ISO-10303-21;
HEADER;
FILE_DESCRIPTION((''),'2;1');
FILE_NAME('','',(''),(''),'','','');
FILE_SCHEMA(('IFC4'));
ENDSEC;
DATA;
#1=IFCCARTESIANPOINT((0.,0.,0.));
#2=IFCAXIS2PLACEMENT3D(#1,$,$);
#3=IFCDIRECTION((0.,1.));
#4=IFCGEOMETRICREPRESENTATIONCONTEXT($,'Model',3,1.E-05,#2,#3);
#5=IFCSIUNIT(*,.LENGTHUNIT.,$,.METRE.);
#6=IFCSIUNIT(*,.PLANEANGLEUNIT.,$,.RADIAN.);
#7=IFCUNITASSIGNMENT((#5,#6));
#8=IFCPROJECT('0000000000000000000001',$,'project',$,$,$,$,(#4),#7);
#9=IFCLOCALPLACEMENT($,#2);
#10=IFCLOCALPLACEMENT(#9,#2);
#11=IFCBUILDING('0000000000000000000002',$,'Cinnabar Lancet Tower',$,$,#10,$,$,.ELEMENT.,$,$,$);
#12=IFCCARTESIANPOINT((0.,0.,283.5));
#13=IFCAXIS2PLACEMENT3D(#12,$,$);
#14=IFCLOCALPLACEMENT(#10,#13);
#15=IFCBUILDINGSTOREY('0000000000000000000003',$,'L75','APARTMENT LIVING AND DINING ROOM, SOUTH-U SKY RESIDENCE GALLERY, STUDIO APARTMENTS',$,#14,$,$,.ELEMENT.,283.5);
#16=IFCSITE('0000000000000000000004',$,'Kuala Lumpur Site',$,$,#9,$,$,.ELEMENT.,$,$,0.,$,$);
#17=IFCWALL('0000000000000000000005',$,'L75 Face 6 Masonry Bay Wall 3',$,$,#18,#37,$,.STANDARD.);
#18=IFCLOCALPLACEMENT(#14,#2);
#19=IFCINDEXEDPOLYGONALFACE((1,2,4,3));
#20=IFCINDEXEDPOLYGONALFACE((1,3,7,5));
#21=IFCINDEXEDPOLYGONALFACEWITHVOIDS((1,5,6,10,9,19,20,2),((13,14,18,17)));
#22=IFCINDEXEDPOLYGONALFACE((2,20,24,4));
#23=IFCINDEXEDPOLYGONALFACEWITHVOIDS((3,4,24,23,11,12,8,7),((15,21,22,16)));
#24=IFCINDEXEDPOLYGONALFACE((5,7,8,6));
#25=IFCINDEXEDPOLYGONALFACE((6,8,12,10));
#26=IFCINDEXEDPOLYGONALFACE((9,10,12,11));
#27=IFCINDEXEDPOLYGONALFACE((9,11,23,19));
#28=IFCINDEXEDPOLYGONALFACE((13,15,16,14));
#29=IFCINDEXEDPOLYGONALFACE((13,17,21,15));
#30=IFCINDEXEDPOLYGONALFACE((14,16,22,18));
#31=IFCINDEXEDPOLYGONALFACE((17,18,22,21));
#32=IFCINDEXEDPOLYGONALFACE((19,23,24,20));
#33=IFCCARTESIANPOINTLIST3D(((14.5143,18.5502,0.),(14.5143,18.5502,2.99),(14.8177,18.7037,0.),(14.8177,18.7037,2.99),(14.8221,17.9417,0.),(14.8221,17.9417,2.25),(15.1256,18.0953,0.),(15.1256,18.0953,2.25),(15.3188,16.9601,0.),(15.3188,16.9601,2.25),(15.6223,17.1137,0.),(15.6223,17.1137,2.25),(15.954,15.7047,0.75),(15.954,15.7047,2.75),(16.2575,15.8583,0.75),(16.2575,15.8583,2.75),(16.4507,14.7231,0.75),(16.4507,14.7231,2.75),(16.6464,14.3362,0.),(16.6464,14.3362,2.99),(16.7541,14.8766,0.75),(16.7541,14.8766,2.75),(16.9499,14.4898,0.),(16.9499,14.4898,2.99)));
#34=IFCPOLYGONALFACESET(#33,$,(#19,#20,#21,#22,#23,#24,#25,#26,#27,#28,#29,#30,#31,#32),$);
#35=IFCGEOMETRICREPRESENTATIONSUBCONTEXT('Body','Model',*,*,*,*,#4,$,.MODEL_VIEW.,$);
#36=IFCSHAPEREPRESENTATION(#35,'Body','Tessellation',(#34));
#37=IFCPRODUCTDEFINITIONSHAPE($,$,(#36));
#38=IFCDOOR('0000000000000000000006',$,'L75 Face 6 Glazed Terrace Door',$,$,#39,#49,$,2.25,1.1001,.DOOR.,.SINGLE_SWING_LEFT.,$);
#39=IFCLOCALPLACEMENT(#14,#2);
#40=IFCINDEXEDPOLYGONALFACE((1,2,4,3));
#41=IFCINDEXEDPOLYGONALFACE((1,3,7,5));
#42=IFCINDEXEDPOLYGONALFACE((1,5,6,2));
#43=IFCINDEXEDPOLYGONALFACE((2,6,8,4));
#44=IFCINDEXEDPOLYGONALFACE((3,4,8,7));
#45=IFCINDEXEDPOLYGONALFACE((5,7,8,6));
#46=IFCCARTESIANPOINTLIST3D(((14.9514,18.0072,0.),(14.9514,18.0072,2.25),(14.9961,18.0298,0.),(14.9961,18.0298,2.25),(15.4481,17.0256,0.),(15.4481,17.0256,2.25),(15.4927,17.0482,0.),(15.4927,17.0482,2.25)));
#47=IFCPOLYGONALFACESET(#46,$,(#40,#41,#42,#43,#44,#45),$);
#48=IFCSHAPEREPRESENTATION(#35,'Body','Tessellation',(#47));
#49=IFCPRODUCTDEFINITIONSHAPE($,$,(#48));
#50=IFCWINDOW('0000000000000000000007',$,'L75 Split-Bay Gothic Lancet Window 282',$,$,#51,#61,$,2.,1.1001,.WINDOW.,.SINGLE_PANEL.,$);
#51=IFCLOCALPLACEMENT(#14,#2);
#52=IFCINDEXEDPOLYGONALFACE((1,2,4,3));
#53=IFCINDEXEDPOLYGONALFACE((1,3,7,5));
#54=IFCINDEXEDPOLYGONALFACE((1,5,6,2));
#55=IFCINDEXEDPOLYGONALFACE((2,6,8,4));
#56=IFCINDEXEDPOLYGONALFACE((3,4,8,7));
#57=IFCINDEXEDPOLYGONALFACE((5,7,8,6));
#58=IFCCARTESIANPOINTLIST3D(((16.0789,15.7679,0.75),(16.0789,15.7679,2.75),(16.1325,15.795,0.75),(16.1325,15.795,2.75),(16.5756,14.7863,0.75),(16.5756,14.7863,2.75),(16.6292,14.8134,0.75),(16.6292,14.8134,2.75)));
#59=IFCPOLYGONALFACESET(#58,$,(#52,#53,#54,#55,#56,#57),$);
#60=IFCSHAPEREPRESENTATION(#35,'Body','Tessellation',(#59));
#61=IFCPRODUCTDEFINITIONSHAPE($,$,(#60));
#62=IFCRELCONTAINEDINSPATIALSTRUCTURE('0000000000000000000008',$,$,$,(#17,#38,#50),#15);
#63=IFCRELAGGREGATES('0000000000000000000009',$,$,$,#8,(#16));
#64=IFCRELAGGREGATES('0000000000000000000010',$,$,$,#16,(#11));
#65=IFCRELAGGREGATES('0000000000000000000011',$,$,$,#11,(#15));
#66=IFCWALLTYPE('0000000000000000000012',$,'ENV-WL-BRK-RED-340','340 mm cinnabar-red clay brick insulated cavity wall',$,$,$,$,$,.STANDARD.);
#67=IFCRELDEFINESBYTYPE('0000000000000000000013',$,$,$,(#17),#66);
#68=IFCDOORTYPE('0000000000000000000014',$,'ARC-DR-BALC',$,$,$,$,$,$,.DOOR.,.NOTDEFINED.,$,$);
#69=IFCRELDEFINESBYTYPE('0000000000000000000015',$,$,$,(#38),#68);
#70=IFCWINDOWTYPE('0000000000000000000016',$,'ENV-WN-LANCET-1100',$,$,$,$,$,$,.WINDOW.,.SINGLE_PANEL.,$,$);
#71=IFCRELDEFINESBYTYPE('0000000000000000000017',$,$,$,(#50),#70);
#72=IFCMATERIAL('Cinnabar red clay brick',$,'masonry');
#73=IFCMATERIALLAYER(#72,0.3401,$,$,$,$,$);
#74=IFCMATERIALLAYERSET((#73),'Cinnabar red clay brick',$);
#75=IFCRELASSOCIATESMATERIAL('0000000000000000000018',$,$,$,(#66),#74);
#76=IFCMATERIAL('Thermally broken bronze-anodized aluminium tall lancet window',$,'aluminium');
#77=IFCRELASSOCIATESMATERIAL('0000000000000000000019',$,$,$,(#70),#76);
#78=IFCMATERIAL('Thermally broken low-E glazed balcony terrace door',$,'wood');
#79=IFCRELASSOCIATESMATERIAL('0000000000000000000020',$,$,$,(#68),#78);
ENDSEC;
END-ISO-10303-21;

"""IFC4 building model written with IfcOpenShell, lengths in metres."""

from ifc_helpers import new_model, si_unit, direction, frame, frame_2d, origin, place, context, subcontext, project, spatial, rectangle, extrude, material, layer, layer_set, type_object, element, fill, save


model = new_model("IFC4")

# Units and contexts
model_context = context("Model", 3, precision=1e-05, world=origin(), true_north=direction((0.0, 1.0)))
body_context = subcontext(model_context, "Body", "Model", "MODEL_VIEW")
ifc_project = project(units=[si_unit("LENGTHUNIT", "METRE"), si_unit("PLANEANGLEUNIT", "RADIAN")], contexts=[model_context])

# Site, building, storey
site_placement = place(None, origin())
site = spatial("IfcSite", under=ifc_project, at=site_placement, Name="Kuala Lumpur Site", CompositionType="ELEMENT", RefElevation=0.0)
building_placement = place(site_placement, origin())
building = spatial("IfcBuilding", under=site, at=building_placement, Name="Cinnabar Lancet Tower", CompositionType="ELEMENT")
storey_placement = place(building_placement, frame((0.0, 0.0, 283.5)))
storey = spatial("IfcBuildingStorey", under=building, at=storey_placement, Name="L75", Description="APARTMENT LIVING AND DINING ROOM, SOUTH-U SKY RESIDENCE GALLERY, STUDIO APARTMENTS", CompositionType="ELEMENT", Elevation=283.5)

# Shared definitions
ifc_material_1 = material(Name="Cinnabar red clay brick", Category="masonry")
ifc_layer_1 = layer(ifc_material_1, 0.3401)
ifc_layer_set_1 = layer_set([ifc_layer_1], Name="Cinnabar red clay brick")
wall_type_1 = type_object("IfcWallType", Name="ENV-WL-BRK-RED-340", Description="340 mm cinnabar-red clay brick insulated cavity wall", PredefinedType="STANDARD", material=ifc_layer_set_1)
ifc_material_2 = material(Name="Thermally broken bronze-anodized aluminium tall lancet window", Category="aluminium")
window_type = type_object("IfcWindowType", Name="ENV-WN-LANCET-1100", PartitioningType="SINGLE_PANEL", PredefinedType="WINDOW", material=ifc_material_2)

# Wall, openings, door, window
wall_1_placement = place(storey_placement, frame((14.666, 18.627, 0.0), z_axis=(0.0, 0.0, 1.0), x_axis=(0.451468, -0.892287, 0.0)))
wall_1 = element("IfcWall", 1, at=wall_1_placement, inside=storey, type_object=wall_type_1, Name="L75 Face 6 Masonry Bay Wall 3", PredefinedType="STANDARD", context=body_context, shape_type="SweptSolid", body=[
    extrude(rectangle(XDim=4.7227, YDim=0.3401, at=frame_2d((2.3613, 0.0))), origin(), (0.0, 0.0, 1.0), 2.99),
])
opening_1_placement = place(wall_1_placement, frame((0.6819, 0.0, 0.0)))
opening_1 = element("IfcOpeningElement", 2, at=opening_1_placement, cuts=wall_1, PredefinedType="OPENING", context=body_context, shape_type="SweptSolid", body=[
    extrude(rectangle(XDim=1.1001, YDim=2.25, at=frame_2d((0.55, 1.125))), frame((0.0, 0.1799, 0.0), z_axis=(0.0, -1.0, 0.0), x_axis=(1.0, 0.0, 0.0)), (0.0, 0.0, 1.0), 0.3601),
])
opening_2_placement = place(wall_1_placement, frame((3.189, 0.0, 0.75)))
opening_2 = element("IfcOpeningElement", 3, at=opening_2_placement, cuts=wall_1, PredefinedType="OPENING", context=body_context, shape_type="SweptSolid", body=[
    extrude(rectangle(XDim=1.1001, YDim=2.0, at=frame_2d((0.55, 1.0))), frame((0.0, 0.1799, 0.0), z_axis=(0.0, -1.0, 0.0), x_axis=(1.0, 0.0, 0.0)), (0.0, 0.0, 1.0), 0.3601),
])
ifc_material_3 = material(Name="Thermally broken low-E glazed balcony terrace door", Category="wood")
door_type_1 = type_object("IfcDoorType", Name="ARC-DR-BALC", OperationType="NOTDEFINED", PredefinedType="DOOR", material=ifc_material_3)
door_1_placement = place(opening_1_placement, origin())
door_1 = element("IfcDoor", 4, at=door_1_placement, inside=storey, type_object=door_type_1, Name="L75 Face 6 Glazed Terrace Door", OperationType="SINGLE_SWING_LEFT", OverallHeight=2.25, OverallWidth=1.1001, PredefinedType="DOOR", context=body_context, shape_type="SweptSolid", body=[
    extrude(rectangle(XDim=1.1001, YDim=2.25, at=frame_2d((0.55, 1.125))), frame((0.0, 0.0249, 0.0), z_axis=(0.0, -1.0, 0.0), x_axis=(1.0, 0.0, 0.0)), (0.0, 0.0, 1.0), 0.05),
])
fill(opening_1, door_1)
window_1_placement = place(opening_2_placement, origin())
window_1 = element("IfcWindow", 5, at=window_1_placement, inside=storey, type_object=window_type, Name="L75 Split-Bay Gothic Lancet Window 282", OverallHeight=2.0, OverallWidth=1.1001, PartitioningType="SINGLE_PANEL", PredefinedType="WINDOW", context=body_context, shape_type="SweptSolid", body=[
    extrude(rectangle(XDim=1.1001, YDim=2.0, at=frame_2d((0.55, 1.0))), frame((0.0, 0.03, 0.0), z_axis=(0.0, -1.0, 0.0), x_axis=(1.0, 0.0, 0.0)), (0.0, 0.0, 1.0), 0.0601),
])
fill(opening_2, window_1)

save(model, "model.ifc")
